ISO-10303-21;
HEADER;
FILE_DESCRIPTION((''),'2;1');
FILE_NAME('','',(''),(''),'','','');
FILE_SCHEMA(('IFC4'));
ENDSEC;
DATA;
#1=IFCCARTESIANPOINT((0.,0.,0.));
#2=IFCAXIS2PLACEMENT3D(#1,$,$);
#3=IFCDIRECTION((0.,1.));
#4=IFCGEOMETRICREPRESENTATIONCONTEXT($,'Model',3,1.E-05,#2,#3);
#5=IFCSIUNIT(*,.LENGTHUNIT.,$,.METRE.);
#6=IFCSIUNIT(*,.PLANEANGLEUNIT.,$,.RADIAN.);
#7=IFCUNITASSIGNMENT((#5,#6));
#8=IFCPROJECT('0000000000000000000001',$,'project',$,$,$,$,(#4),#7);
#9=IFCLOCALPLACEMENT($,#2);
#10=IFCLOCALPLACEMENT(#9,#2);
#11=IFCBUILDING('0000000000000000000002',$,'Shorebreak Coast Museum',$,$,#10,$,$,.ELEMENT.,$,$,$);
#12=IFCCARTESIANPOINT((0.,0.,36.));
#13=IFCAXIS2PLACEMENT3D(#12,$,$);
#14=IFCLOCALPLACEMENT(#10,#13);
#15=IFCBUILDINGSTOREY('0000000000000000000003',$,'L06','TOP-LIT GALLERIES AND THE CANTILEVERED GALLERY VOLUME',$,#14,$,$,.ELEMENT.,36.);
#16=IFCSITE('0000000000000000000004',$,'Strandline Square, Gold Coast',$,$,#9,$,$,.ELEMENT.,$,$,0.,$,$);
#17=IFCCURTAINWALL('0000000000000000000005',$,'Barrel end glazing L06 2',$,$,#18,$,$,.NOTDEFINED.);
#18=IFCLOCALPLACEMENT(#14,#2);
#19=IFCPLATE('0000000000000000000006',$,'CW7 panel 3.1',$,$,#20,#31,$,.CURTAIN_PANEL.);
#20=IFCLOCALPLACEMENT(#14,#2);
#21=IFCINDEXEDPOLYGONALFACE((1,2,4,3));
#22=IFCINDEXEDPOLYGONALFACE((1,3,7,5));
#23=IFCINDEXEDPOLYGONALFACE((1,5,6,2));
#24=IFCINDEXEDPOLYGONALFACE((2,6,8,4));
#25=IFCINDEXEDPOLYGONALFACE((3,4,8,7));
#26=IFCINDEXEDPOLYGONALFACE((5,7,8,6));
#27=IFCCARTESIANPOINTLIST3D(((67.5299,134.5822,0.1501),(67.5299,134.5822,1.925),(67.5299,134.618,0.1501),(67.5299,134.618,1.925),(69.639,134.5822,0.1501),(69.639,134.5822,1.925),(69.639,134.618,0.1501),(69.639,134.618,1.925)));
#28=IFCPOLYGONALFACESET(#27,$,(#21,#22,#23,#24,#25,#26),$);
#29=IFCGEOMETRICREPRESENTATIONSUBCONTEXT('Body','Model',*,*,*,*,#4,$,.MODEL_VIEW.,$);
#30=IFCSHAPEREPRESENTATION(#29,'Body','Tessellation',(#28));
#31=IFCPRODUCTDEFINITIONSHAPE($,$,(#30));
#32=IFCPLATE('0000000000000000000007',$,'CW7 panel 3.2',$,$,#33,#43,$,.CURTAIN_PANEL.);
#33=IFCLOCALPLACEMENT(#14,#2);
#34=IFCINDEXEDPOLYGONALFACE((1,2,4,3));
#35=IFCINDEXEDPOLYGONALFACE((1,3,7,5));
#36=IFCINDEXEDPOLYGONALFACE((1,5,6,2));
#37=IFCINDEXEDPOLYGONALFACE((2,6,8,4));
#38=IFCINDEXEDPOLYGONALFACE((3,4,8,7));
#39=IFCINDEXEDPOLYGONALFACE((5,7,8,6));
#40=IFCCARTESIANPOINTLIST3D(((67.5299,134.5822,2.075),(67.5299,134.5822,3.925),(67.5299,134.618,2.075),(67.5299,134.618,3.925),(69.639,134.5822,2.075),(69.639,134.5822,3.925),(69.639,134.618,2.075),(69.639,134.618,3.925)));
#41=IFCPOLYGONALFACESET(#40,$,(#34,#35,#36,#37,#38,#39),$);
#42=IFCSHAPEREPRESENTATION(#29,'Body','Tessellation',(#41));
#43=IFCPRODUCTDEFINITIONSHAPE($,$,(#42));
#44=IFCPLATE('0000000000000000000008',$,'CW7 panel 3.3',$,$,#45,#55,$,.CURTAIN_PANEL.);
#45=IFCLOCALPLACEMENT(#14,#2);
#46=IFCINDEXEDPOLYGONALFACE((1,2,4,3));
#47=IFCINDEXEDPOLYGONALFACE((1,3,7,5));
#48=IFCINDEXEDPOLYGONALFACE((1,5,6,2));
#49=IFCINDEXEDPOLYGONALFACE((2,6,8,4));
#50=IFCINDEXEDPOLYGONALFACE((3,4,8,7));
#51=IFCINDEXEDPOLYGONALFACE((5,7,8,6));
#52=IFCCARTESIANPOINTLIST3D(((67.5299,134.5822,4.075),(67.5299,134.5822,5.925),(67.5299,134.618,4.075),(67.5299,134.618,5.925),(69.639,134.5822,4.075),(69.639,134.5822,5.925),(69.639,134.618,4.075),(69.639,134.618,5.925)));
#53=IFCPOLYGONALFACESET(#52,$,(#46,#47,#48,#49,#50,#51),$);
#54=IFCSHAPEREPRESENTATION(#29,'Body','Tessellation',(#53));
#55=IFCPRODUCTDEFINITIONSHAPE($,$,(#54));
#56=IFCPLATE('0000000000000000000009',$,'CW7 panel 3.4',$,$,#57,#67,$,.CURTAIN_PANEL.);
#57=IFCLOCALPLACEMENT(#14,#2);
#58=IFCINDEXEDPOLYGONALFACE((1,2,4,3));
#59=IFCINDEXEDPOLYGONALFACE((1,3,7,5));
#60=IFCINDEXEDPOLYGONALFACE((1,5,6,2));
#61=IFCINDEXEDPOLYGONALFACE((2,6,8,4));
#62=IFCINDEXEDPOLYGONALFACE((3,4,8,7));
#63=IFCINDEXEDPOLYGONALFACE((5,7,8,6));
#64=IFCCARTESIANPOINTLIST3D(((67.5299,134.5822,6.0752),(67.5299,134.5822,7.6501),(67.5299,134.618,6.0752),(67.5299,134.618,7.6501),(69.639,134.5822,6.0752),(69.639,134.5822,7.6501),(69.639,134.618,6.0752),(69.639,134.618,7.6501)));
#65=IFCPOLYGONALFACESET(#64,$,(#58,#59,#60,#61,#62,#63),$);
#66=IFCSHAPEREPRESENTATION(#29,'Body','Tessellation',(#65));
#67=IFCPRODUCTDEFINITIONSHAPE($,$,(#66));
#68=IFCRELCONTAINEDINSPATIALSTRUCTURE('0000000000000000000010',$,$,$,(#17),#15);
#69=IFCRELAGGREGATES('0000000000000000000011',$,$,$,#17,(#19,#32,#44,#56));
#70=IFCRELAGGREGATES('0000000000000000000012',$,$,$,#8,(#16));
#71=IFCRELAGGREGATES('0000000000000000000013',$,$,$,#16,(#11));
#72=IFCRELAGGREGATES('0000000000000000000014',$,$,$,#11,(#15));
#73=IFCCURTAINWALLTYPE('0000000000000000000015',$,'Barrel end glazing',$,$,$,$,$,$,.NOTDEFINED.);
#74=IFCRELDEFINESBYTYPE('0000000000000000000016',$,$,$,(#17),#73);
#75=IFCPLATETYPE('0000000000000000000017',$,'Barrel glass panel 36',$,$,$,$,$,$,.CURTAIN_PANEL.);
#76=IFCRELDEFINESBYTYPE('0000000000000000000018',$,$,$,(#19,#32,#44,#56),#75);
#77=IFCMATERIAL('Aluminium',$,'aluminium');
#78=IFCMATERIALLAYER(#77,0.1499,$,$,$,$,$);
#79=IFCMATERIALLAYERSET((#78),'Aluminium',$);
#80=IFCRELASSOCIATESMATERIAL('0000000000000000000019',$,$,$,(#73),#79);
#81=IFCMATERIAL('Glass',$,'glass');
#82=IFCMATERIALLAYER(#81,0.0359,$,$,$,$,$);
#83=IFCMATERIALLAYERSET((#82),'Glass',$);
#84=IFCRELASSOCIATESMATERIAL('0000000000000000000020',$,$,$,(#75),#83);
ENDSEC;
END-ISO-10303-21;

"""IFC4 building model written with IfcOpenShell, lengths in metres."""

from ifc_helpers import new_model, si_unit, direction, frame, origin, origin_2d, place, context, subcontext, project, spatial, rectangle, extrude, material, layer, layer_set, type_object, element, aggregate, save


model = new_model("IFC4")

# Units and contexts
model_context = context("Model", 3, precision=1e-05, world=origin(), true_north=direction((0.0, 1.0)))
body_context = subcontext(model_context, "Body", "Model", "MODEL_VIEW")
ifc_project = project(units=[si_unit("LENGTHUNIT", "METRE"), si_unit("PLANEANGLEUNIT", "RADIAN")], contexts=[model_context])

# Site, building, storey
site_placement = place(None, origin())
site = spatial("IfcSite", under=ifc_project, at=site_placement, Name="Strandline Square, Gold Coast", CompositionType="ELEMENT", RefElevation=0.0)
building_placement = place(site_placement, origin())
building = spatial("IfcBuilding", under=site, at=building_placement, Name="Shorebreak Coast Museum", CompositionType="ELEMENT")
storey_placement = place(building_placement, frame((0.0, 0.0, 36.0)))
storey = spatial("IfcBuildingStorey", under=building, at=storey_placement, Name="L06", Description="TOP-LIT GALLERIES AND THE CANTILEVERED GALLERY VOLUME", CompositionType="ELEMENT", Elevation=36.0)

# Curtain wall
ifc_material_1 = material(Name="Aluminium", Category="aluminium")
ifc_layer_1 = layer(ifc_material_1, 0.1499)
ifc_layer_set_1 = layer_set([ifc_layer_1], Name="Aluminium")
curtain_wall_type = type_object("IfcCurtainWallType", Name="Barrel end glazing", PredefinedType="NOTDEFINED", material=ifc_layer_set_1)
curtain_wall_placement = place(storey_placement, origin())
curtain_wall = element("IfcCurtainWall", 1, at=curtain_wall_placement, inside=storey, type_object=curtain_wall_type, Name="Barrel end glazing L06 2", PredefinedType="NOTDEFINED")

# Plates
ifc_material_2 = material(Name="Glass", Category="glass")
ifc_layer_2 = layer(ifc_material_2, 0.0359)
ifc_layer_set_2 = layer_set([ifc_layer_2], Name="Glass")
plate_type = type_object("IfcPlateType", Name="Barrel glass panel 36", PredefinedType="CURTAIN_PANEL", material=ifc_layer_set_2)
plate_1_placement = place(storey_placement, frame((68.5845, 134.6001, 0.1501), z_axis=(0.0, 0.0, 1.0), x_axis=(1.0, 0.0, 0.0)))
plate_1 = element("IfcPlate", 2, at=plate_1_placement, type_object=plate_type, Name="CW7 panel 3.1", PredefinedType="CURTAIN_PANEL", context=body_context, shape_type="SweptSolid", body=[
    extrude(rectangle(XDim=2.1091, YDim=0.0359, at=origin_2d()), origin(), (0.0, 0.0, 1.0), 1.7749),
])
plate_2_placement = place(storey_placement, frame((68.5845, 134.6001, 2.075), z_axis=(0.0, 0.0, 1.0), x_axis=(1.0, 0.0, 0.0)))
plate_2 = element("IfcPlate", 3, at=plate_2_placement, type_object=plate_type, Name="CW7 panel 3.2", PredefinedType="CURTAIN_PANEL", context=body_context, shape_type="SweptSolid", body=[
    extrude(rectangle(XDim=2.1091, YDim=0.0359, at=origin_2d()), origin(), (0.0, 0.0, 1.0), 1.8501),
])
plate_3_placement = place(storey_placement, frame((68.5845, 134.6001, 4.075), z_axis=(0.0, 0.0, 1.0), x_axis=(1.0, 0.0, 0.0)))
plate_3 = element("IfcPlate", 4, at=plate_3_placement, type_object=plate_type, Name="CW7 panel 3.3", PredefinedType="CURTAIN_PANEL", context=body_context, shape_type="SweptSolid", body=[
    extrude(rectangle(XDim=2.1091, YDim=0.0359, at=origin_2d()), origin(), (0.0, 0.0, 1.0), 1.8501),
])
plate_4_placement = place(storey_placement, frame((68.5845, 134.6001, 6.0752), z_axis=(0.0, 0.0, 1.0), x_axis=(1.0, 0.0, 0.0)))
plate_4 = element("IfcPlate", 5, at=plate_4_placement, type_object=plate_type, Name="CW7 panel 3.4", PredefinedType="CURTAIN_PANEL", context=body_context, shape_type="SweptSolid", body=[
    extrude(rectangle(XDim=2.1091, YDim=0.0359, at=origin_2d()), origin(), (0.0, 0.0, 1.0), 1.575),
])
aggregate(curtain_wall, [plate_1, plate_2, plate_3, plate_4])

save(model, "model.ifc")
